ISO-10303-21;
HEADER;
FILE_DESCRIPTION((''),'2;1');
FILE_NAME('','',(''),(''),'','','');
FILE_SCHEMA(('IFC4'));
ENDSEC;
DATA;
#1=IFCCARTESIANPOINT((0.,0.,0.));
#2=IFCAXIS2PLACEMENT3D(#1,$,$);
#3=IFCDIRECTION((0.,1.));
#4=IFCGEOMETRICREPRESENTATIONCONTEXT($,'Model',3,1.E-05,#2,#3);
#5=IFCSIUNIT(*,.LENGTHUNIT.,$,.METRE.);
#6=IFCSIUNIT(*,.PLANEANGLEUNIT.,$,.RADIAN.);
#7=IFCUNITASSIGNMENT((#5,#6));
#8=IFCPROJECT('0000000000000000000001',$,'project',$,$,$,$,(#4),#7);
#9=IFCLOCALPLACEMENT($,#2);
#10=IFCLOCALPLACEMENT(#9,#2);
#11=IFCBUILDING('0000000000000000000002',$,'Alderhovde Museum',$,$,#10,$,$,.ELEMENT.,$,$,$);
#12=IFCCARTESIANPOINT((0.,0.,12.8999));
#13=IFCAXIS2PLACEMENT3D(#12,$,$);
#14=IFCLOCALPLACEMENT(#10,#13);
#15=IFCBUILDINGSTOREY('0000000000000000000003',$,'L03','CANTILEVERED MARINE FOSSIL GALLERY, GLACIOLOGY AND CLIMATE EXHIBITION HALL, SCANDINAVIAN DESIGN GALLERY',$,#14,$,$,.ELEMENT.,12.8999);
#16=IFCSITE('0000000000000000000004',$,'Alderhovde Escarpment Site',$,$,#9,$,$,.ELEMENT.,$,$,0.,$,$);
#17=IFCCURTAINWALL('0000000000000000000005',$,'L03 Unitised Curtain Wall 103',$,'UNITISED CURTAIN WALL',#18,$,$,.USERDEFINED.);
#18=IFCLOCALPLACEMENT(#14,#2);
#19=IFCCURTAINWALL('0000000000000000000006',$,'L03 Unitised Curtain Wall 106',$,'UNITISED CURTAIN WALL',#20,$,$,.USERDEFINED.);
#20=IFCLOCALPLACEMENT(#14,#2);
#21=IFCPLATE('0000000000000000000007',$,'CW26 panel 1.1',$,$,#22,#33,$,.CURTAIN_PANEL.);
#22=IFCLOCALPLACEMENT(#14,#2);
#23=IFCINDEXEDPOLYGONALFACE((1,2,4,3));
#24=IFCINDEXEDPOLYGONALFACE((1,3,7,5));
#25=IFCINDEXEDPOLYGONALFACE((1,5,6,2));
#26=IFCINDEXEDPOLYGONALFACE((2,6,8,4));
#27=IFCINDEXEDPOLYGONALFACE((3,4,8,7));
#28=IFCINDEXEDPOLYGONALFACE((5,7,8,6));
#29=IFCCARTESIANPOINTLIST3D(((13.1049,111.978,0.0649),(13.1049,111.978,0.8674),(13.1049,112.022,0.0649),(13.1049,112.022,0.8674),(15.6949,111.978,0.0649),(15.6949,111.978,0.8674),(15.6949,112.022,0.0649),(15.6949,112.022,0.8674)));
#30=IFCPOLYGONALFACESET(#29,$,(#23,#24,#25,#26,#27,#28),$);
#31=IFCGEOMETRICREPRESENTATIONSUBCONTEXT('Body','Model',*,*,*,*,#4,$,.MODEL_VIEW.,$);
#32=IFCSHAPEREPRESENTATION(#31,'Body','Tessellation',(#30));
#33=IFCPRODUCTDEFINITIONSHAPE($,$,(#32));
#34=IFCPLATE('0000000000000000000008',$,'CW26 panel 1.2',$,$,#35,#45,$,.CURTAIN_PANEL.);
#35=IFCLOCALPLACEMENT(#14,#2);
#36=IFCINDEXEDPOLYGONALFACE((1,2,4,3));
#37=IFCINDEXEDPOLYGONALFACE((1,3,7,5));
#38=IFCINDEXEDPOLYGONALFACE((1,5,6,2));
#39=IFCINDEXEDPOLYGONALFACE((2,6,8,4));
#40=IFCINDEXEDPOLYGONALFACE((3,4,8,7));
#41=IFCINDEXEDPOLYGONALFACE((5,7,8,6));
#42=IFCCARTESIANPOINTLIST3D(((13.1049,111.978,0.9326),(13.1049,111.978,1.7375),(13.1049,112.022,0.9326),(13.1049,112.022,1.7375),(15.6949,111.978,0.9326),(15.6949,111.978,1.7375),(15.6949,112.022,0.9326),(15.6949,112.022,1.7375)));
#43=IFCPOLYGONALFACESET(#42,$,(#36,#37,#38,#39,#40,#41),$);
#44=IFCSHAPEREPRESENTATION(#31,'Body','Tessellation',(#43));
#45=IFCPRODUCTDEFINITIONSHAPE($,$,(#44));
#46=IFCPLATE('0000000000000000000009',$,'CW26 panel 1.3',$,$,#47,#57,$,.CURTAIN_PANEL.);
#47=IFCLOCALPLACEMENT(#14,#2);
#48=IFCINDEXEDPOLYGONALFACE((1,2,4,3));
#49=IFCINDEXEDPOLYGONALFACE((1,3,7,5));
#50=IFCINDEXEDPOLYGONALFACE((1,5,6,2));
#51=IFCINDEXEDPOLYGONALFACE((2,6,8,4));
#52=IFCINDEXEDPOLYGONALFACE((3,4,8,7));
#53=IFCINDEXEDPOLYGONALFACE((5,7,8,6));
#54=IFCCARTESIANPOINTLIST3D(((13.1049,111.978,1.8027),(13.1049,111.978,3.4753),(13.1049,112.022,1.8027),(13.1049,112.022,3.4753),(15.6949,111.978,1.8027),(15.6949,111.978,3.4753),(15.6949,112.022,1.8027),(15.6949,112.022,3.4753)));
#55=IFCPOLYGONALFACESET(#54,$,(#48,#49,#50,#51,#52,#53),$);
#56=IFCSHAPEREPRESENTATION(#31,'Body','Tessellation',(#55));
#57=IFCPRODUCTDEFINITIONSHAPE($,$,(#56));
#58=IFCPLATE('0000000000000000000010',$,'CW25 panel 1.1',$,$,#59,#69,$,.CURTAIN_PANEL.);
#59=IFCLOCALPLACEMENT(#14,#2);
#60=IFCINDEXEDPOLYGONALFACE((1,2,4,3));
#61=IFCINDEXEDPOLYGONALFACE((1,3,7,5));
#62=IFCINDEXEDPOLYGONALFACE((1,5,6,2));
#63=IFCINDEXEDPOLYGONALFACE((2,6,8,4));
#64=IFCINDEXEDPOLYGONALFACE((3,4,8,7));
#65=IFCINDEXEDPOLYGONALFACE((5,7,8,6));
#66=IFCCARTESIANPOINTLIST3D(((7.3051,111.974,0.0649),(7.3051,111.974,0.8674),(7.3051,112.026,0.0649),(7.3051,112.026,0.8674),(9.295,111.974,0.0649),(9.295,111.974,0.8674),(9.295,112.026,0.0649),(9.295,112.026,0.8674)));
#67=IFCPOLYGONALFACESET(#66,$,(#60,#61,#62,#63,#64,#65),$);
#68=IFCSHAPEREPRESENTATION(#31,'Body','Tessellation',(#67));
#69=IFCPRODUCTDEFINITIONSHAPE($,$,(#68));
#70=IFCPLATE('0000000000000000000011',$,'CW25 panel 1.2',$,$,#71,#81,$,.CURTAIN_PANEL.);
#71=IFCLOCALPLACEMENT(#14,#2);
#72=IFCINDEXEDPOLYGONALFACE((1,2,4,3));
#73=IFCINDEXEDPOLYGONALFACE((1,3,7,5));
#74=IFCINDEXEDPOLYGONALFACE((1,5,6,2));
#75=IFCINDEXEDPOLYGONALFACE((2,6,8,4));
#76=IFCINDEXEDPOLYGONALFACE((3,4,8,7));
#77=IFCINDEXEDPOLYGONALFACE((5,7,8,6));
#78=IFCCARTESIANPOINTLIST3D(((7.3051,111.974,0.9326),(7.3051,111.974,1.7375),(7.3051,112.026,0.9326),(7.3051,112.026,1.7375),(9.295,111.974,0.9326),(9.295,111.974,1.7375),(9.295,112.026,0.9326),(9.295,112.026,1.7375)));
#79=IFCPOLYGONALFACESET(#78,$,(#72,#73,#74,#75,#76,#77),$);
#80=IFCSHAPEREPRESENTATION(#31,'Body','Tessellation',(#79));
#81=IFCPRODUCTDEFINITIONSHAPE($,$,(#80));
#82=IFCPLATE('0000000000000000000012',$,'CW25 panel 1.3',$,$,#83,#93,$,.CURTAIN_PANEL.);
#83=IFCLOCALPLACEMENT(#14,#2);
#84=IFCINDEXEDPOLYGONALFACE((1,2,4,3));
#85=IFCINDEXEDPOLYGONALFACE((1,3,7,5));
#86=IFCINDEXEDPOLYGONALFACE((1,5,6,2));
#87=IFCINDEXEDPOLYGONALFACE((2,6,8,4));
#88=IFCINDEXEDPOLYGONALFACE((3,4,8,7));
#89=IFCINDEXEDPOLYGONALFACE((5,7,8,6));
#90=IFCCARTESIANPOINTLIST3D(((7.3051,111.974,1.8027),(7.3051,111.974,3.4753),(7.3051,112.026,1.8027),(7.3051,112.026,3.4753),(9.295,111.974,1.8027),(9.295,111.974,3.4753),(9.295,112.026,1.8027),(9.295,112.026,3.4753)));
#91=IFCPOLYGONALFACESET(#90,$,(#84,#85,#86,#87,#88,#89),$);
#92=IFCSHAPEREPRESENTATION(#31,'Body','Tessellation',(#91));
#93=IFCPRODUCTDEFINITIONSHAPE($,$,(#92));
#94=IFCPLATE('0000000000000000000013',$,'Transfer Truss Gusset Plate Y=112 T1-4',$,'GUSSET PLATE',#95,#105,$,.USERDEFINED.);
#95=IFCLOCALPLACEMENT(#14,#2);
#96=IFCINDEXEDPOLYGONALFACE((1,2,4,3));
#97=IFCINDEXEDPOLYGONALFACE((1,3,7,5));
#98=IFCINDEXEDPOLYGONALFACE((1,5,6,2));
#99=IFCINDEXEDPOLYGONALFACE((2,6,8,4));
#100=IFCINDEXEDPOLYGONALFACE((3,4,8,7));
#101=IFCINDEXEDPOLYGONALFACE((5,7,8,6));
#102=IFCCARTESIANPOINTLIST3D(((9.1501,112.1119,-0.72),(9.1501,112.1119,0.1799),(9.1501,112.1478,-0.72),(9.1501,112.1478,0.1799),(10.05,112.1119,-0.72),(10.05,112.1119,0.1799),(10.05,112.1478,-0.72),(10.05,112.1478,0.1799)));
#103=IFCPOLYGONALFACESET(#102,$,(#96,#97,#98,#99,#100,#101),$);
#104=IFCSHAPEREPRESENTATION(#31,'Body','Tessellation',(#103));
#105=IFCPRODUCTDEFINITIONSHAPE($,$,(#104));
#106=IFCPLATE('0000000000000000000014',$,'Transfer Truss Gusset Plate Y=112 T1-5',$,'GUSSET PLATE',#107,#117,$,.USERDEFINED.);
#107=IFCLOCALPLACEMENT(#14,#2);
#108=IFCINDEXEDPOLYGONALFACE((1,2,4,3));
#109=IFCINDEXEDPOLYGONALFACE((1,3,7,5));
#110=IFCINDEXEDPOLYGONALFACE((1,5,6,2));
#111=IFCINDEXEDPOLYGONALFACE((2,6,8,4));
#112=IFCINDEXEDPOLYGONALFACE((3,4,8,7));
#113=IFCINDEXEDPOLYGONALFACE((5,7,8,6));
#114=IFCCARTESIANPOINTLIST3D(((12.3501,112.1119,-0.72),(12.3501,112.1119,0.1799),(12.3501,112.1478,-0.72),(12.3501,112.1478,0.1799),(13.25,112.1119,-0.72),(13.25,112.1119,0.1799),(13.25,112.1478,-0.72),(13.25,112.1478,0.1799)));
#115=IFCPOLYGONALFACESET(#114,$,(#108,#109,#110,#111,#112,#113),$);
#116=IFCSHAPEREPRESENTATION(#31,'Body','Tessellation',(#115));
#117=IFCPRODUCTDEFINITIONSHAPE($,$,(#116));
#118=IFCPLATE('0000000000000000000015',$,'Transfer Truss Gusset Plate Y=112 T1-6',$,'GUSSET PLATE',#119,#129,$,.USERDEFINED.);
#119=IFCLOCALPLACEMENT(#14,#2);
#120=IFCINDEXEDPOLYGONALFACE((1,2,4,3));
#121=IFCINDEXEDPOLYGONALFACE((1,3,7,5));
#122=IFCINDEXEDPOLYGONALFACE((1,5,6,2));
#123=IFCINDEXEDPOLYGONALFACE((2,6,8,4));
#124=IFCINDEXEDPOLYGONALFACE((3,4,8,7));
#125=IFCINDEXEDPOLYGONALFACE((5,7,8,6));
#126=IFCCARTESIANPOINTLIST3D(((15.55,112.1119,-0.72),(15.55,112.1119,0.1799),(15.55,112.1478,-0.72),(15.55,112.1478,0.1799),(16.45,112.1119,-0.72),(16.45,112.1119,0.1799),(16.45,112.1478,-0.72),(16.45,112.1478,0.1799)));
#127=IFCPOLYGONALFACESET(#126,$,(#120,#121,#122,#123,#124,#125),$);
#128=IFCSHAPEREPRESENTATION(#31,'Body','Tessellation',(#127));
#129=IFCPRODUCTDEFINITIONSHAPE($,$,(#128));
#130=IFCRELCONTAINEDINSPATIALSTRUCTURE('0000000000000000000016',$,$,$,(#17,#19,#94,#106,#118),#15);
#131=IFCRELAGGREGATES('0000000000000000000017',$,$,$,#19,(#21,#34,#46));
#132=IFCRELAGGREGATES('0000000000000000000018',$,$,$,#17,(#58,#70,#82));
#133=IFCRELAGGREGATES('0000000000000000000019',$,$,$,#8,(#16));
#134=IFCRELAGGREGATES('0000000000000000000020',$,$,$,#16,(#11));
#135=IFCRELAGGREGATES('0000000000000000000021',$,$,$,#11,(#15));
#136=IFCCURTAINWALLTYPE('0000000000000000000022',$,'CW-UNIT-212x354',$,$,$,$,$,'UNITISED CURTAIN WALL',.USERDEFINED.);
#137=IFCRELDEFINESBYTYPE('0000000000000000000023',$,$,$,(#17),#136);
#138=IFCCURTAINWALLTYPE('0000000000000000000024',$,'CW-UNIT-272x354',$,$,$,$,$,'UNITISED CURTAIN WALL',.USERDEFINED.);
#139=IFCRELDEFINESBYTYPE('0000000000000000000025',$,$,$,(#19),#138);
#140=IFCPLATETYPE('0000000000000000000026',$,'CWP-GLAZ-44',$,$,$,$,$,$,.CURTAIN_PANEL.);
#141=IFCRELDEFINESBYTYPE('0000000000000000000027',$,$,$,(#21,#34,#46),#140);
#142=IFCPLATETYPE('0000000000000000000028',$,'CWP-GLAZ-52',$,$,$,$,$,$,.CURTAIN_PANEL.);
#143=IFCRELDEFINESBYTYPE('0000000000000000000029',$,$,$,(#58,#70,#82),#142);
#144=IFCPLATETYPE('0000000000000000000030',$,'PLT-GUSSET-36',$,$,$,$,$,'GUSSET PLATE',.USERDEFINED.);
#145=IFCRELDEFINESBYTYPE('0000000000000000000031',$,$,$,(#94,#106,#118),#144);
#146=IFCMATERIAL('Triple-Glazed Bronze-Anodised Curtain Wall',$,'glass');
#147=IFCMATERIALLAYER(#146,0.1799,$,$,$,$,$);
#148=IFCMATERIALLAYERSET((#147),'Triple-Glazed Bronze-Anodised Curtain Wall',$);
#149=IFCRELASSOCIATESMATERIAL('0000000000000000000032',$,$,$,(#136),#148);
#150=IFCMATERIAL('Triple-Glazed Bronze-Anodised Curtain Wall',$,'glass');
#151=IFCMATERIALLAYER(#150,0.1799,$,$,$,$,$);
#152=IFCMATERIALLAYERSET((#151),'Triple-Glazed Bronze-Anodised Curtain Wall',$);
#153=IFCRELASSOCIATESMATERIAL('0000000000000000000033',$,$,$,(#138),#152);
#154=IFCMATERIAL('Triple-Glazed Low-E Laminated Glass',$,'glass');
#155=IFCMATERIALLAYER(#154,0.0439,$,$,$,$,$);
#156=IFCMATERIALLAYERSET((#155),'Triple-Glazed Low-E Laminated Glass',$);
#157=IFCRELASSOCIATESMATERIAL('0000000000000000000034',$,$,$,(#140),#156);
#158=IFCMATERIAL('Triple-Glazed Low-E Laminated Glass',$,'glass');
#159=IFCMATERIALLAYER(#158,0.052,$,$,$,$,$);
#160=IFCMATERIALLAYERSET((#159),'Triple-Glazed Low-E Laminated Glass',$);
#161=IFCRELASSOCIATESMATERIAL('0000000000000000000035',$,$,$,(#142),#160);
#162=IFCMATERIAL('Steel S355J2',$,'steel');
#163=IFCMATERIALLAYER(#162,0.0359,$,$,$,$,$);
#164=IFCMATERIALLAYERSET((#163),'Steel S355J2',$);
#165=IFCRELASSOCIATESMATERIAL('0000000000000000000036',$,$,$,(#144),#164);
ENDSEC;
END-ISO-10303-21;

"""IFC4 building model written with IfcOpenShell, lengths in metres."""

from ifc_helpers import new_model, si_unit, direction, frame, origin, origin_2d, place, context, subcontext, project, spatial, rectangle, extrude, material, layer, layer_set, type_object, element, aggregate, save


model = new_model("IFC4")

# Units and contexts
model_context = context("Model", 3, precision=1e-05, world=origin(), true_north=direction((0.0, 1.0)))
body_context = subcontext(model_context, "Body", "Model", "MODEL_VIEW")
ifc_project = project(units=[si_unit("LENGTHUNIT", "METRE"), si_unit("PLANEANGLEUNIT", "RADIAN")], contexts=[model_context])

# Site, building, storey
site_placement = place(None, origin())
site = spatial("IfcSite", under=ifc_project, at=site_placement, Name="Alderhovde Escarpment Site", CompositionType="ELEMENT", RefElevation=0.0)
building_placement = place(site_placement, origin())
building = spatial("IfcBuilding", under=site, at=building_placement, Name="Alderhovde Museum", CompositionType="ELEMENT")
storey_placement = place(building_placement, frame((0.0, 0.0, 12.8999)))
storey = spatial("IfcBuildingStorey", under=building, at=storey_placement, Name="L03", Description="CANTILEVERED MARINE FOSSIL GALLERY, GLACIOLOGY AND CLIMATE EXHIBITION HALL, SCANDINAVIAN DESIGN GALLERY", CompositionType="ELEMENT", Elevation=12.8999)

# Curtain wall
ifc_material_1 = material(Name="Triple-Glazed Bronze-Anodised Curtain Wall", Category="glass")
ifc_layer_1 = layer(ifc_material_1, 0.1799)
ifc_layer_set_1 = layer_set([ifc_layer_1], Name="Triple-Glazed Bronze-Anodised Curtain Wall")
curtain_wall_type_1 = type_object("IfcCurtainWallType", Name="CW-UNIT-212x354", ElementType="UNITISED CURTAIN WALL", PredefinedType="USERDEFINED", material=ifc_layer_set_1)
curtain_wall_1_placement = place(storey_placement, origin())
curtain_wall_1 = element("IfcCurtainWall", 1, at=curtain_wall_1_placement, inside=storey, type_object=curtain_wall_type_1, Name="L03 Unitised Curtain Wall 103", ObjectType="UNITISED CURTAIN WALL", PredefinedType="USERDEFINED")

# Curtain wall
ifc_material_2 = material(Name="Triple-Glazed Bronze-Anodised Curtain Wall", Category="glass")
ifc_layer_2 = layer(ifc_material_2, 0.1799)
ifc_layer_set_2 = layer_set([ifc_layer_2], Name="Triple-Glazed Bronze-Anodised Curtain Wall")
curtain_wall_type_2 = type_object("IfcCurtainWallType", Name="CW-UNIT-272x354", ElementType="UNITISED CURTAIN WALL", PredefinedType="USERDEFINED", material=ifc_layer_set_2)
curtain_wall_2_placement = place(storey_placement, origin())
curtain_wall_2 = element("IfcCurtainWall", 2, at=curtain_wall_2_placement, inside=storey, type_object=curtain_wall_type_2, Name="L03 Unitised Curtain Wall 106", ObjectType="UNITISED CURTAIN WALL", PredefinedType="USERDEFINED")

# Plates
ifc_material_3 = material(Name="Triple-Glazed Low-E Laminated Glass", Category="glass")
ifc_layer_3 = layer(ifc_material_3, 0.0439)
ifc_layer_set_3 = layer_set([ifc_layer_3], Name="Triple-Glazed Low-E Laminated Glass")
plate_type_1 = type_object("IfcPlateType", Name="CWP-GLAZ-44", PredefinedType="CURTAIN_PANEL", material=ifc_layer_set_3)
plate_1_placement = place(storey_placement, frame((14.3999, 112.0, 0.0649), z_axis=(0.0, 0.0, 1.0), x_axis=(1.0, 0.0, 0.0)))
plate_1 = element("IfcPlate", 3, at=plate_1_placement, type_object=plate_type_1, Name="CW26 panel 1.1", PredefinedType="CURTAIN_PANEL", context=body_context, shape_type="SweptSolid", body=[
    extrude(rectangle(XDim=2.5901, YDim=0.0439, at=origin_2d()), origin(), (0.0, 0.0, 1.0), 0.8025),
])
plate_2_placement = place(storey_placement, frame((14.3999, 112.0, 0.9326), z_axis=(0.0, 0.0, 1.0), x_axis=(1.0, 0.0, 0.0)))
plate_2 = element("IfcPlate", 4, at=plate_2_placement, type_object=plate_type_1, Name="CW26 panel 1.2", PredefinedType="CURTAIN_PANEL", context=body_context, shape_type="SweptSolid", body=[
    extrude(rectangle(XDim=2.5901, YDim=0.0439, at=origin_2d()), origin(), (0.0, 0.0, 1.0), 0.8049),
])
plate_3_placement = place(storey_placement, frame((14.3999, 112.0, 1.8027), z_axis=(0.0, 0.0, 1.0), x_axis=(1.0, 0.0, 0.0)))
plate_3 = element("IfcPlate", 5, at=plate_3_placement, type_object=plate_type_1, Name="CW26 panel 1.3", PredefinedType="CURTAIN_PANEL", context=body_context, shape_type="SweptSolid", body=[
    extrude(rectangle(XDim=2.5901, YDim=0.0439, at=origin_2d()), origin(), (0.0, 0.0, 1.0), 1.6726),
])
aggregate(curtain_wall_2, [plate_1, plate_2, plate_3])
ifc_material_4 = material(Name="Triple-Glazed Low-E Laminated Glass", Category="glass")
ifc_layer_4 = layer(ifc_material_4, 0.052)
ifc_layer_set_4 = layer_set([ifc_layer_4], Name="Triple-Glazed Low-E Laminated Glass")
plate_type_2 = type_object("IfcPlateType", Name="CWP-GLAZ-52", PredefinedType="CURTAIN_PANEL", material=ifc_layer_set_4)
plate_4_placement = place(storey_placement, frame((8.3, 112.0, 0.0649), z_axis=(0.0, 0.0, 1.0), x_axis=(1.0, 0.0, 0.0)))
plate_4 = element("IfcPlate", 6, at=plate_4_placement, type_object=plate_type_2, Name="CW25 panel 1.1", PredefinedType="CURTAIN_PANEL", context=body_context, shape_type="SweptSolid", body=[
    extrude(rectangle(XDim=1.99, YDim=0.052, at=origin_2d()), origin(), (0.0, 0.0, 1.0), 0.8025),
])
plate_5_placement = place(storey_placement, frame((8.3, 112.0, 0.9326), z_axis=(0.0, 0.0, 1.0), x_axis=(1.0, 0.0, 0.0)))
plate_5 = element("IfcPlate", 7, at=plate_5_placement, type_object=plate_type_2, Name="CW25 panel 1.2", PredefinedType="CURTAIN_PANEL", context=body_context, shape_type="SweptSolid", body=[
    extrude(rectangle(XDim=1.99, YDim=0.052, at=origin_2d()), origin(), (0.0, 0.0, 1.0), 0.8049),
])
plate_6_placement = place(storey_placement, frame((8.3, 112.0, 1.8027), z_axis=(0.0, 0.0, 1.0), x_axis=(1.0, 0.0, 0.0)))
plate_6 = element("IfcPlate", 8, at=plate_6_placement, type_object=plate_type_2, Name="CW25 panel 1.3", PredefinedType="CURTAIN_PANEL", context=body_context, shape_type="SweptSolid", body=[
    extrude(rectangle(XDim=1.99, YDim=0.052, at=origin_2d()), origin(), (0.0, 0.0, 1.0), 1.6726),
])
aggregate(curtain_wall_1, [plate_4, plate_5, plate_6])

# Plates
ifc_material_5 = material(Name="Steel S355J2", Category="steel")
ifc_layer_5 = layer(ifc_material_5, 0.0359)
ifc_layer_set_5 = layer_set([ifc_layer_5], Name="Steel S355J2")
plate_type_3 = type_object("IfcPlateType", Name="PLT-GUSSET-36", ElementType="GUSSET PLATE", PredefinedType="USERDEFINED", material=ifc_layer_set_5)
for number, where, z_axis, x_axis, name in (
    (9, (9.6001, 112.1299, -0.72), (0.0, 0.0, 1.0), (1.0, 0.0, 0.0), "Transfer Truss Gusset Plate Y=112 T1-4"),
    (10, (12.8, 112.1299, -0.72), (0.0, 0.0, 1.0), (1.0, 0.0, 0.0), "Transfer Truss Gusset Plate Y=112 T1-5"),
    (11, (16.0, 112.1299, -0.72), (0.0, 0.0, 1.0), (1.0, 0.0, 0.0), "Transfer Truss Gusset Plate Y=112 T1-6"),
):
    element("IfcPlate", number, at=place(storey_placement, frame(where, z_axis=z_axis, x_axis=x_axis)), inside=storey, type_object=plate_type_3, Name=name, ObjectType="GUSSET PLATE", PredefinedType="USERDEFINED", context=body_context, shape_type="SweptSolid", body=[
        extrude(rectangle(XDim=0.8999, YDim=0.0359, at=origin_2d()), origin(), (0.0, 0.0, 1.0), 0.8999),
    ])

save(model, "model.ifc")
